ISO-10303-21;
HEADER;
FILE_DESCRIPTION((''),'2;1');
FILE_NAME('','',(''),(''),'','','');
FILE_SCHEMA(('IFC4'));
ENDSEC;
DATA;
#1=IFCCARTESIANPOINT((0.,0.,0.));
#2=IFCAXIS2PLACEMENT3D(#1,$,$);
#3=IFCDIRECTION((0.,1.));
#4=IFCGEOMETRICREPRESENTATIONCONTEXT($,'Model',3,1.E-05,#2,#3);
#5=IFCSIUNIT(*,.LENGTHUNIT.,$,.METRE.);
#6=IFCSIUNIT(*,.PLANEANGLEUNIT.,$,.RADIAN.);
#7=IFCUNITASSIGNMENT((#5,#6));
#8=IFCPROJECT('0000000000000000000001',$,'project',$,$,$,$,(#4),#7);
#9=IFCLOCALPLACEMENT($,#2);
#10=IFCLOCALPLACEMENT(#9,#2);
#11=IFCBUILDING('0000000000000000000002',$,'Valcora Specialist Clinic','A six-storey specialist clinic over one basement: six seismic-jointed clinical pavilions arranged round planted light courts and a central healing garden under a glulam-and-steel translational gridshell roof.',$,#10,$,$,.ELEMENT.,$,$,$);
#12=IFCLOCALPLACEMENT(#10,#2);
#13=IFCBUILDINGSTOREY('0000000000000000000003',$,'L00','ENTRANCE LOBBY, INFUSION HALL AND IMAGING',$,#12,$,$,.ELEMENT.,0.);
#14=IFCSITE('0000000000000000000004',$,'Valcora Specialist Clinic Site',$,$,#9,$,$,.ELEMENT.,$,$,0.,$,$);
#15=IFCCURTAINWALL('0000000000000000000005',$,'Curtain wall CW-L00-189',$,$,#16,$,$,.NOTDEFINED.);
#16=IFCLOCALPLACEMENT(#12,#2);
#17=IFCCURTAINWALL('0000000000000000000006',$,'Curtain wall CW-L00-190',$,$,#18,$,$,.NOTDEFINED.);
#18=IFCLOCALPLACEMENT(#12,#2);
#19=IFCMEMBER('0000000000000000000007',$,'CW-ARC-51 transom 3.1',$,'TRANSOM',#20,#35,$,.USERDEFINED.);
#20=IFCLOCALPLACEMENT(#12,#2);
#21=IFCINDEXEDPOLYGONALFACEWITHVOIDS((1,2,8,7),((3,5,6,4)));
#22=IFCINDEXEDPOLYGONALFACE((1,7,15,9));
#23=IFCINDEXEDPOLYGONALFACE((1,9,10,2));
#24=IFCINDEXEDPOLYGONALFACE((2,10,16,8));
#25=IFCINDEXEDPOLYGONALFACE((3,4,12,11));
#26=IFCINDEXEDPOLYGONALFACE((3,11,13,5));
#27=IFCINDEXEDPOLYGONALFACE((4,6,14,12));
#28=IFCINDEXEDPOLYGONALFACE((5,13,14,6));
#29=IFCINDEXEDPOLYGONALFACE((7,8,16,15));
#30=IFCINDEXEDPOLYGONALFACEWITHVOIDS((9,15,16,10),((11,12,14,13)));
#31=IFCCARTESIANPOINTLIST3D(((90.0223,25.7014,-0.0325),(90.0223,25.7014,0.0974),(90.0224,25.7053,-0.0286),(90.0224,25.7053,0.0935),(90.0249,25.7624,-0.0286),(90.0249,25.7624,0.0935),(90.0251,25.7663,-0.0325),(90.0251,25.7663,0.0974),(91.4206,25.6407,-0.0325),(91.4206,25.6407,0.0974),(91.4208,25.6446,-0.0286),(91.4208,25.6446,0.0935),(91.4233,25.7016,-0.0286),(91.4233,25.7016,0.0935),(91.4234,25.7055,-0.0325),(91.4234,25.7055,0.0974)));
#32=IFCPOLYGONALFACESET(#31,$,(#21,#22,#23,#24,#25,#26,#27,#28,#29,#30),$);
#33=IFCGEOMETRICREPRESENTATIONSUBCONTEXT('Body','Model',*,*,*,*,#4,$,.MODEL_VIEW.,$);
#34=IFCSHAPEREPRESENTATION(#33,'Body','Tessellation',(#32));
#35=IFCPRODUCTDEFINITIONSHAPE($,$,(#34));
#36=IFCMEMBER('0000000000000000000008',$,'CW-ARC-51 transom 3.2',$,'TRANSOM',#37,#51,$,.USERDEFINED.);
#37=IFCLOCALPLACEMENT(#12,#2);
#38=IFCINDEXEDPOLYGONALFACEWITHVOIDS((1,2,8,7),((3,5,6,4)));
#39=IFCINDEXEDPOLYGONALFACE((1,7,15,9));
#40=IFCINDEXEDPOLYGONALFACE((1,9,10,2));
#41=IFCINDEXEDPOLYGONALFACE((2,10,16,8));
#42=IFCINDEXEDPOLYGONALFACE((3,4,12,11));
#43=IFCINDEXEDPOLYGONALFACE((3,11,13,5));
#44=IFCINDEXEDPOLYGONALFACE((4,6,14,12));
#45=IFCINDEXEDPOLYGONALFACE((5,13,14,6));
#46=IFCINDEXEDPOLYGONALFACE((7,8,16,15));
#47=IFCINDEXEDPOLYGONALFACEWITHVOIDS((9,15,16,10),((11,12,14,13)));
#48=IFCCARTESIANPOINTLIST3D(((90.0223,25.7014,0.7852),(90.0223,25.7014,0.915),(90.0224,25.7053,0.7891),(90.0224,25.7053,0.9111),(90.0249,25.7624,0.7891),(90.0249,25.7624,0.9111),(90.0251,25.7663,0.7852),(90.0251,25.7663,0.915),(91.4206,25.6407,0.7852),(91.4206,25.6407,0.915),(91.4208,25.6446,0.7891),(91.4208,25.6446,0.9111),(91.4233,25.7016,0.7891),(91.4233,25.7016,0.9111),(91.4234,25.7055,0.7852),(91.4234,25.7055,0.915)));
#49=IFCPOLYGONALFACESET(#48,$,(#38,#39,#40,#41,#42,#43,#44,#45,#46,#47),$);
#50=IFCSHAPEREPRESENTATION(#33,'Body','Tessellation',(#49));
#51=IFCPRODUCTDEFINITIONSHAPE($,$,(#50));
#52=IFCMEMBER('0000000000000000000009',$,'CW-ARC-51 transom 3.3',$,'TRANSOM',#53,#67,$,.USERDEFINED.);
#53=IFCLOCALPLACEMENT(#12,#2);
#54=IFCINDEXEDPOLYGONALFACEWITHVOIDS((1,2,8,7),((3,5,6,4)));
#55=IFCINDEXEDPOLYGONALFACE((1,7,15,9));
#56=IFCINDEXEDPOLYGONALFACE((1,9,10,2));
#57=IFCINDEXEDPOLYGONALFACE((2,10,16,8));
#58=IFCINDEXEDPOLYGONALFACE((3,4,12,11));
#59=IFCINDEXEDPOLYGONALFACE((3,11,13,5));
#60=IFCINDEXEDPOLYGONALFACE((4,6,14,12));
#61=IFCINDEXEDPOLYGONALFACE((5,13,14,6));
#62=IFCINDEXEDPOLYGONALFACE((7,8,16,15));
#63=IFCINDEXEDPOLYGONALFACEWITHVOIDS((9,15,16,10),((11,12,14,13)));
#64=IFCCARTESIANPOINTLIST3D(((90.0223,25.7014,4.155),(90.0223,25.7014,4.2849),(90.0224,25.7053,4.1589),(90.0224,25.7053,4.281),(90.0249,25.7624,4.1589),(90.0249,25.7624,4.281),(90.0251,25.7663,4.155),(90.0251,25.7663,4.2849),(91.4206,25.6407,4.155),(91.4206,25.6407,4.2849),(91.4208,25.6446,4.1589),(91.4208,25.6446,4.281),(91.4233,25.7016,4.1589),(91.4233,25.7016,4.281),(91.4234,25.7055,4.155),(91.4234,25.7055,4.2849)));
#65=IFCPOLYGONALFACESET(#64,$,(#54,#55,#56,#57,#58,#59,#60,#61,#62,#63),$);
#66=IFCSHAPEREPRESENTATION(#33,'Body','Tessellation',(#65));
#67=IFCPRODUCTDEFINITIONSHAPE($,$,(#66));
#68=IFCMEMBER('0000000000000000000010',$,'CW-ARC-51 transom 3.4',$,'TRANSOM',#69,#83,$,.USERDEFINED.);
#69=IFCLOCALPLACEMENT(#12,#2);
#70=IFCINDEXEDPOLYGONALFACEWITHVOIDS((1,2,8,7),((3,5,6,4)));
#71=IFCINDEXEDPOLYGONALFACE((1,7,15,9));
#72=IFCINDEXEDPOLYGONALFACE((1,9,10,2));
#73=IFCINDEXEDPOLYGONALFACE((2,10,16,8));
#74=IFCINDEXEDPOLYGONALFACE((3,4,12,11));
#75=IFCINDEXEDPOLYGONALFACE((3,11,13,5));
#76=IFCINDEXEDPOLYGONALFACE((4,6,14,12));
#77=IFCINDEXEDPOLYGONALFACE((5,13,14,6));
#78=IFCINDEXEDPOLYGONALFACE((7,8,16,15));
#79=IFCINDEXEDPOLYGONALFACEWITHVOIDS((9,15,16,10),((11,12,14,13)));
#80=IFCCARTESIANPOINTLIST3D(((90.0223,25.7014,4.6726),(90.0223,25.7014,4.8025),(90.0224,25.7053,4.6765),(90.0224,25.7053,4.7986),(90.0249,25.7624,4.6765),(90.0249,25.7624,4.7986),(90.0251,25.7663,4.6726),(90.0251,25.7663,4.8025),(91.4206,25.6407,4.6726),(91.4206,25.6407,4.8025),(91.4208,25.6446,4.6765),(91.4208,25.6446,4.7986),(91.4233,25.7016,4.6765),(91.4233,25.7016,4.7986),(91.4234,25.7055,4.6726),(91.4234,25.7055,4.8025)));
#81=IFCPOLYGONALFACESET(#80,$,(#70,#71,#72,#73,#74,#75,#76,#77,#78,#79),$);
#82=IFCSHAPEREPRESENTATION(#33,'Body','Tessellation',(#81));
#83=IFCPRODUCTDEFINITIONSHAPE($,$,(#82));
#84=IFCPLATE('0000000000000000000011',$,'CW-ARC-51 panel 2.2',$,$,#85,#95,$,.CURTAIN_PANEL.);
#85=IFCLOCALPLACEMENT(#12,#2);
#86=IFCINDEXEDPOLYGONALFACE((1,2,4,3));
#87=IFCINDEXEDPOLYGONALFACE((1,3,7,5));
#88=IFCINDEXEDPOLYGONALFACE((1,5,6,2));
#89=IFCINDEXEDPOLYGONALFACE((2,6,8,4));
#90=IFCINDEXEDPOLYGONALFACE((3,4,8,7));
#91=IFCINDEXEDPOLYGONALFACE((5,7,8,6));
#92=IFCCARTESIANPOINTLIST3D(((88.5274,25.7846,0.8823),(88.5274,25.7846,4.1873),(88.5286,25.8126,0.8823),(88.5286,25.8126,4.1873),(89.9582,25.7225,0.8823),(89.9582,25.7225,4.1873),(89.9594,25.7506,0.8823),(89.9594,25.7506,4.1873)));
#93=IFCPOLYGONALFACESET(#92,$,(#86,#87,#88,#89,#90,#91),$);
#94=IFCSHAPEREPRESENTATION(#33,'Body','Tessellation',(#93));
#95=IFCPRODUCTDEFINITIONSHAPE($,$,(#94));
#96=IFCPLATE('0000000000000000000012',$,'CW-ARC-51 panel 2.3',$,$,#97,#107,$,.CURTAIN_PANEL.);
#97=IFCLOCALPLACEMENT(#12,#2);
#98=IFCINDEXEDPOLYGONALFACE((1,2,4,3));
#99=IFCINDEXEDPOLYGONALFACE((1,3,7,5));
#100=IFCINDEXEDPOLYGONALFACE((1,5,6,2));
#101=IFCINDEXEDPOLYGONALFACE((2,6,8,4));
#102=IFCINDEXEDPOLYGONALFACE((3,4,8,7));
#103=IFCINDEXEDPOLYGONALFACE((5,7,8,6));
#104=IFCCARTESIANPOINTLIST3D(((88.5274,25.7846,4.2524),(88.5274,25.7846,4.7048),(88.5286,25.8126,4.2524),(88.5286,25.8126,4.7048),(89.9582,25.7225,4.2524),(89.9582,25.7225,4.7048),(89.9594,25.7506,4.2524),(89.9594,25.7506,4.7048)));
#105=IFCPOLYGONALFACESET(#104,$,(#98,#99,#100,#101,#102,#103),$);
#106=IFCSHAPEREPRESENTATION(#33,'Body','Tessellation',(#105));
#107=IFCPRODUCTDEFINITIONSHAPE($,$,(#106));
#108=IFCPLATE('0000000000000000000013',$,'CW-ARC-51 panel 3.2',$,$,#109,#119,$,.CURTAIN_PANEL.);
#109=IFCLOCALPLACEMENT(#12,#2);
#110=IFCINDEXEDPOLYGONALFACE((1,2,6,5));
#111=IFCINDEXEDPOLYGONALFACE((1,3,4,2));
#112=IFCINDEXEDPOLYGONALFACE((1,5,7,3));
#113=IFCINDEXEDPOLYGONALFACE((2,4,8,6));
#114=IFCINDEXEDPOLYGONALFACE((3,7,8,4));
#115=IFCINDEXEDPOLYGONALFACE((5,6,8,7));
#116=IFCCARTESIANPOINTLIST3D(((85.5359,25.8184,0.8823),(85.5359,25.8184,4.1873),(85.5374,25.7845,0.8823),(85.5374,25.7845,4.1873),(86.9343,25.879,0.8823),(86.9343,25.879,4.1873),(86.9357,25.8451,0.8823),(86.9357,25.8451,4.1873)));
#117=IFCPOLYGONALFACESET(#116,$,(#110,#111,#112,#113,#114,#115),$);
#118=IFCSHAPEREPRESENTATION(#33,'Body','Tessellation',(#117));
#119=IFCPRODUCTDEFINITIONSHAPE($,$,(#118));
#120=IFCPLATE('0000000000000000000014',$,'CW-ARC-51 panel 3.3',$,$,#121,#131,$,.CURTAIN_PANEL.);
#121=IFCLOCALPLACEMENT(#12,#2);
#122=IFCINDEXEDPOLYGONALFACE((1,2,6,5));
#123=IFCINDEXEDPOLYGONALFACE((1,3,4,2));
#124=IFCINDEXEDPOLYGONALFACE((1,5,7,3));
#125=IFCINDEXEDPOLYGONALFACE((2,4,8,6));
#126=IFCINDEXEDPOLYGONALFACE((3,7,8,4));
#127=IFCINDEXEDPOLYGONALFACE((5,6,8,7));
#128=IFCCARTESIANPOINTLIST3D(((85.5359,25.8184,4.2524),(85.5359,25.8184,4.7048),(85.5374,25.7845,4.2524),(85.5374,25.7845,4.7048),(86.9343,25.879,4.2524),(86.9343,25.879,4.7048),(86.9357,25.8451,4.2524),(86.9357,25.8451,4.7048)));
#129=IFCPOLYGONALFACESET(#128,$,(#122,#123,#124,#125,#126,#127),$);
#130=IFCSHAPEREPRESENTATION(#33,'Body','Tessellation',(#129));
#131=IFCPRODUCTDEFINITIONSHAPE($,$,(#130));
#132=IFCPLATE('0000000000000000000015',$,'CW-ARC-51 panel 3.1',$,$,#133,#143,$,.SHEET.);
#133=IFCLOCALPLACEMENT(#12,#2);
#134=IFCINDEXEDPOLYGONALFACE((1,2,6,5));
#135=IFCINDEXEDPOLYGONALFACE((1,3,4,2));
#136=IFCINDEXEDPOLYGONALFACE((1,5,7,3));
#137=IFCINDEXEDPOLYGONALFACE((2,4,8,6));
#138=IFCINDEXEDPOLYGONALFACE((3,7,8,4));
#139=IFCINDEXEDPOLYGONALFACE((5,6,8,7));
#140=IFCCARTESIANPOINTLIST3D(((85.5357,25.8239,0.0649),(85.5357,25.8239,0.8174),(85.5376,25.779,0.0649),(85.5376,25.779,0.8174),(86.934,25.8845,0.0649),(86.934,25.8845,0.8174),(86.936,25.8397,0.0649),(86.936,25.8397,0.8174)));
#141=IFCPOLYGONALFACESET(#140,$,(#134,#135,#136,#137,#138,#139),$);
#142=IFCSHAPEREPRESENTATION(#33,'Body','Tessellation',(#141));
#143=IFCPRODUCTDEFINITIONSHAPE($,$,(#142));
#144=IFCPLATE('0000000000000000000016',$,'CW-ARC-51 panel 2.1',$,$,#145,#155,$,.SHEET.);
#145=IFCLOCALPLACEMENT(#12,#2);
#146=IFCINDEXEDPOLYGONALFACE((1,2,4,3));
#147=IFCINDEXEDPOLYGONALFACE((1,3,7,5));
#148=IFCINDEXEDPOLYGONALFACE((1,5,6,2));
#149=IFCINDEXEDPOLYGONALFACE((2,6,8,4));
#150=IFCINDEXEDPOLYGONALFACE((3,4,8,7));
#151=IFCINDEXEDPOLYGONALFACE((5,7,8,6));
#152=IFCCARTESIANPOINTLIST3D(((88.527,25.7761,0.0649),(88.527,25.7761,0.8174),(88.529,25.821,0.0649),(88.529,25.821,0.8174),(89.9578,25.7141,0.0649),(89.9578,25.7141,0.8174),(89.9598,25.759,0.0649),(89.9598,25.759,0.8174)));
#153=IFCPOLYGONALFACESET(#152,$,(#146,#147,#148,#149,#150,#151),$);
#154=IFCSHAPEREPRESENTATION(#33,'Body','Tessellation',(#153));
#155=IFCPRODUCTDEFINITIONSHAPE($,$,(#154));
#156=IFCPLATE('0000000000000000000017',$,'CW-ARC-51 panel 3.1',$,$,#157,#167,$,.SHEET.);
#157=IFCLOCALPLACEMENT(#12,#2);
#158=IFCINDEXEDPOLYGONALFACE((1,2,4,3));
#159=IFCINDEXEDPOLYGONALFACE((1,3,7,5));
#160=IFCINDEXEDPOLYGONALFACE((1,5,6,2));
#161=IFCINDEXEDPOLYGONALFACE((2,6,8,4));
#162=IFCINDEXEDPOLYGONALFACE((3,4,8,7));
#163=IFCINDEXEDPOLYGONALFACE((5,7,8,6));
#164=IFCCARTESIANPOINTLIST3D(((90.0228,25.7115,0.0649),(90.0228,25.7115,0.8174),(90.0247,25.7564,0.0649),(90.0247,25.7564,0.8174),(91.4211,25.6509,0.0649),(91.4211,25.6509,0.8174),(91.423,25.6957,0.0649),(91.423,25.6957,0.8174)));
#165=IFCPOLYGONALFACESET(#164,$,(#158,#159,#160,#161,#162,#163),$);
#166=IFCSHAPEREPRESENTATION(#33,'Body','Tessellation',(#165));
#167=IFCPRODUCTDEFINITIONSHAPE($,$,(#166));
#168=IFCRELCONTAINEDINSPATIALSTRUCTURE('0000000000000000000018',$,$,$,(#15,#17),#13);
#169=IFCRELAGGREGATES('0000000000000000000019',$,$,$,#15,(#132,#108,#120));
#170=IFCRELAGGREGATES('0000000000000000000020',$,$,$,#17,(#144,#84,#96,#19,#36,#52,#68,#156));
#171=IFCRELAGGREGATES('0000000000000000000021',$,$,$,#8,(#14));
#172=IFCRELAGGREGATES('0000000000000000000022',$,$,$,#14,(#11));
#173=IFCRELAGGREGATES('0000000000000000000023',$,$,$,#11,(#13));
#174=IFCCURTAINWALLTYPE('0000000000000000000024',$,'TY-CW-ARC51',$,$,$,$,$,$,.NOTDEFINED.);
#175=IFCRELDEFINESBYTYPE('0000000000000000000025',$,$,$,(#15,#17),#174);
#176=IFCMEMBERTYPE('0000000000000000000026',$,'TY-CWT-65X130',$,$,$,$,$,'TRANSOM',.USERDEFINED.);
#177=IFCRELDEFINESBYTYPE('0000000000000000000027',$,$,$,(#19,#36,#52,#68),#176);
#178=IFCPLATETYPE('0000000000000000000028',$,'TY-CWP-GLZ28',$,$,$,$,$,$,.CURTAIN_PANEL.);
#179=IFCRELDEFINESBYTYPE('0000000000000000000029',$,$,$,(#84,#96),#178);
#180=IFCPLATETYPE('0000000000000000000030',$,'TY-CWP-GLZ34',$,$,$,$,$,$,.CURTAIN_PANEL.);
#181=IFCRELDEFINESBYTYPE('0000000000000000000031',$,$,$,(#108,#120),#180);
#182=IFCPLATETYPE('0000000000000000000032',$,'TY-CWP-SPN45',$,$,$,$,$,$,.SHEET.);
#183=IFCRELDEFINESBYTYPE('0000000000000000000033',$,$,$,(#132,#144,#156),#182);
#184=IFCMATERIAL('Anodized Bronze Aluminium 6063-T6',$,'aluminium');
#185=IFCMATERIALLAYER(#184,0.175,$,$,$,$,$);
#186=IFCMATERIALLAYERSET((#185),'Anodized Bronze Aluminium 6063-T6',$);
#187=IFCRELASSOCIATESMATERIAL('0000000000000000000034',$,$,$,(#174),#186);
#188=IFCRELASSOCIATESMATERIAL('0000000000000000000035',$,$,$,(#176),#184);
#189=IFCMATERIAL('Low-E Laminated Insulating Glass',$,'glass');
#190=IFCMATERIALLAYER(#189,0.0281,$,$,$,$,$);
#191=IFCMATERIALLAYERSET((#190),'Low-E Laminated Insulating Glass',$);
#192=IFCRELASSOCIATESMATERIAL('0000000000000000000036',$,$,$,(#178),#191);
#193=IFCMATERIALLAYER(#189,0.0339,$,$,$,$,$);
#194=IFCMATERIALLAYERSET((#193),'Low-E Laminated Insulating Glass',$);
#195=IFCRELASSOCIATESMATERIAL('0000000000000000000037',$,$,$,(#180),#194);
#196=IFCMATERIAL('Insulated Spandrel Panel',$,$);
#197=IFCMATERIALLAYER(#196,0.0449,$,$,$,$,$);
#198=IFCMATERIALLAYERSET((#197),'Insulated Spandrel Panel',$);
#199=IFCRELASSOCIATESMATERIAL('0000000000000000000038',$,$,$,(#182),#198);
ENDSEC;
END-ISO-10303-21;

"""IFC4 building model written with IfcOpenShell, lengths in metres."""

from ifc_helpers import new_model, si_unit, direction, frame, origin, origin_2d, place, context, subcontext, project, spatial, rectangle, hollow_rectangle, extrude, material, layer, layer_set, material_profile, profile_set, type_object, element, aggregate, save


model = new_model("IFC4")

# Units and contexts
model_context = context("Model", 3, precision=1e-05, world=origin(), true_north=direction((0.0, 1.0)))
body_context = subcontext(model_context, "Body", "Model", "MODEL_VIEW")
ifc_project = project(units=[si_unit("LENGTHUNIT", "METRE"), si_unit("PLANEANGLEUNIT", "RADIAN")], contexts=[model_context])

# Site, building, storey
site_placement = place(None, origin())
site = spatial("IfcSite", under=ifc_project, at=site_placement, Name="Valcora Specialist Clinic Site", CompositionType="ELEMENT", RefElevation=0.0)
building_placement = place(site_placement, origin())
building = spatial("IfcBuilding", under=site, at=building_placement, Name="Valcora Specialist Clinic", Description="A six-storey specialist clinic over one basement: six seismic-jointed clinical pavilions arranged round planted light courts and a central healing garden under a glulam-and-steel translational gridshell roof.", CompositionType="ELEMENT")
storey_placement = place(building_placement, origin())
storey = spatial("IfcBuildingStorey", under=building, at=storey_placement, Name="L00", Description="ENTRANCE LOBBY, INFUSION HALL AND IMAGING", CompositionType="ELEMENT", Elevation=0.0)

# Curtain wall
ifc_material_1 = material(Name="Anodized Bronze Aluminium 6063-T6", Category="aluminium")
ifc_layer_1 = layer(ifc_material_1, 0.175)
ifc_layer_set_1 = layer_set([ifc_layer_1], Name="Anodized Bronze Aluminium 6063-T6")
curtain_wall_type = type_object("IfcCurtainWallType", Name="TY-CW-ARC51", PredefinedType="NOTDEFINED", material=ifc_layer_set_1)
curtain_wall_1_placement = place(storey_placement, origin())
curtain_wall_1 = element("IfcCurtainWall", 1, at=curtain_wall_1_placement, inside=storey, type_object=curtain_wall_type, Name="Curtain wall CW-L00-189", PredefinedType="NOTDEFINED")

# Curtain wall
curtain_wall_2_placement = place(storey_placement, origin())
curtain_wall_2 = element("IfcCurtainWall", 2, at=curtain_wall_2_placement, inside=storey, type_object=curtain_wall_type, Name="Curtain wall CW-L00-190", PredefinedType="NOTDEFINED")

# Members
ifc_material_profile_1 = material_profile(ifc_material_1, hollow_rectangle(XDim=0.0649, YDim=0.1299, WallThickness=0.0039, at=origin_2d()), Name="AL-TRN-65X130")
ifc_profile_set_1 = profile_set([ifc_material_profile_1], Name="Anodized Bronze Aluminium 6063-T6")
member_type_1 = type_object("IfcMemberType", Name="TY-CWT-65X130", ElementType="TRANSOM", PredefinedType="USERDEFINED", material=ifc_profile_set_1)
member_1_placement = place(storey_placement, frame((90.0237, 25.7339, 0.0325), z_axis=(0.999056, -0.04343, 0.0), x_axis=(0.04343, 0.999056, 0.0)))
member_1 = element("IfcMember", 3, at=member_1_placement, type_object=member_type_1, Name="CW-ARC-51 transom 3.1", ObjectType="TRANSOM", PredefinedType="USERDEFINED", context=body_context, shape_type="SweptSolid", body=[
    extrude(hollow_rectangle(XDim=0.0649, YDim=0.1299, WallThickness=0.0039, at=origin_2d()), origin(), (0.0, 0.0, 1.0), 1.3997),
])
member_2_placement = place(storey_placement, frame((90.0237, 25.7339, 0.8501), z_axis=(0.999056, -0.04343, 0.0), x_axis=(0.04343, 0.999056, 0.0)))
member_2 = element("IfcMember", 4, at=member_2_placement, type_object=member_type_1, Name="CW-ARC-51 transom 3.2", ObjectType="TRANSOM", PredefinedType="USERDEFINED", context=body_context, shape_type="SweptSolid", body=[
    extrude(hollow_rectangle(XDim=0.0649, YDim=0.1299, WallThickness=0.0039, at=origin_2d()), origin(), (0.0, 0.0, 1.0), 1.3997),
])
member_3_placement = place(storey_placement, frame((90.0237, 25.7339, 4.22), z_axis=(0.999056, -0.04343, 0.0), x_axis=(0.04343, 0.999056, 0.0)))
member_3 = element("IfcMember", 5, at=member_3_placement, type_object=member_type_1, Name="CW-ARC-51 transom 3.3", ObjectType="TRANSOM", PredefinedType="USERDEFINED", context=body_context, shape_type="SweptSolid", body=[
    extrude(hollow_rectangle(XDim=0.0649, YDim=0.1299, WallThickness=0.0039, at=origin_2d()), origin(), (0.0, 0.0, 1.0), 1.3997),
])
member_4_placement = place(storey_placement, frame((90.0237, 25.7339, 4.7375), z_axis=(0.999056, -0.04343, 0.0), x_axis=(0.04343, 0.999056, 0.0)))
member_4 = element("IfcMember", 6, at=member_4_placement, type_object=member_type_1, Name="CW-ARC-51 transom 3.4", ObjectType="TRANSOM", PredefinedType="USERDEFINED", context=body_context, shape_type="SweptSolid", body=[
    extrude(hollow_rectangle(XDim=0.0649, YDim=0.1299, WallThickness=0.0039, at=origin_2d()), origin(), (0.0, 0.0, 1.0), 1.3997),
])

# Plates
ifc_material_2 = material(Name="Low-E Laminated Insulating Glass", Category="glass")
ifc_layer_2 = layer(ifc_material_2, 0.0281)
ifc_layer_set_2 = layer_set([ifc_layer_2], Name="Low-E Laminated Insulating Glass")
plate_type_1 = type_object("IfcPlateType", Name="TY-CWP-GLZ28", PredefinedType="CURTAIN_PANEL", material=ifc_layer_set_2)
plate_1_placement = place(storey_placement, frame((89.2434, 25.7676, 0.8823), z_axis=(0.0, 0.0, 1.0), x_axis=(0.999062, -0.043307, 0.0)))
plate_1 = element("IfcPlate", 7, at=plate_1_placement, type_object=plate_type_1, Name="CW-ARC-51 panel 2.2", PredefinedType="CURTAIN_PANEL", context=body_context, shape_type="SweptSolid", body=[
    extrude(rectangle(XDim=1.4321, YDim=0.0281, at=origin_2d()), origin(), (0.0, 0.0, 1.0), 3.3049),
])
plate_2_placement = place(storey_placement, frame((89.2434, 25.7676, 4.2524), z_axis=(0.0, 0.0, 1.0), x_axis=(0.999062, -0.043307, 0.0)))
plate_2 = element("IfcPlate", 8, at=plate_2_placement, type_object=plate_type_1, Name="CW-ARC-51 panel 2.3", PredefinedType="CURTAIN_PANEL", context=body_context, shape_type="SweptSolid", body=[
    extrude(rectangle(XDim=1.4321, YDim=0.0281, at=origin_2d()), origin(), (0.0, 0.0, 1.0), 0.4524),
])
ifc_layer_3 = layer(ifc_material_2, 0.0339)
ifc_layer_set_3 = layer_set([ifc_layer_3], Name="Low-E Laminated Insulating Glass")
plate_type_2 = type_object("IfcPlateType", Name="TY-CWP-GLZ34", PredefinedType="CURTAIN_PANEL", material=ifc_layer_set_3)
plate_3_placement = place(storey_placement, frame((86.2358, 25.8318, 0.8823), z_axis=(0.0, 0.0, 1.0), x_axis=(0.999062, 0.043307, 0.0)))
plate_3 = element("IfcPlate", 9, at=plate_3_placement, type_object=plate_type_2, Name="CW-ARC-51 panel 3.2", PredefinedType="CURTAIN_PANEL", context=body_context, shape_type="SweptSolid", body=[
    extrude(rectangle(XDim=1.3997, YDim=0.0339, at=origin_2d()), origin(), (0.0, 0.0, 1.0), 3.3049),
])
plate_4_placement = place(storey_placement, frame((86.2358, 25.8318, 4.2524), z_axis=(0.0, 0.0, 1.0), x_axis=(0.999062, 0.043307, 0.0)))
plate_4 = element("IfcPlate", 10, at=plate_4_placement, type_object=plate_type_2, Name="CW-ARC-51 panel 3.3", PredefinedType="CURTAIN_PANEL", context=body_context, shape_type="SweptSolid", body=[
    extrude(rectangle(XDim=1.3997, YDim=0.0339, at=origin_2d()), origin(), (0.0, 0.0, 1.0), 0.4524),
])
ifc_material_3 = material(Name="Insulated Spandrel Panel")
ifc_layer_4 = layer(ifc_material_3, 0.0449)
ifc_layer_set_4 = layer_set([ifc_layer_4], Name="Insulated Spandrel Panel")
plate_type_3 = type_object("IfcPlateType", Name="TY-CWP-SPN45", PredefinedType="SHEET", material=ifc_layer_set_4)
plate_5_placement = place(storey_placement, frame((86.2358, 25.8318, 0.0649), z_axis=(0.0, 0.0, 1.0), x_axis=(0.999062, 0.043307, 0.0)))
plate_5 = element("IfcPlate", 11, at=plate_5_placement, type_object=plate_type_3, Name="CW-ARC-51 panel 3.1", PredefinedType="SHEET", context=body_context, shape_type="SweptSolid", body=[
    extrude(rectangle(XDim=1.3997, YDim=0.0449, at=origin_2d()), origin(), (0.0, 0.0, 1.0), 0.7524),
])
aggregate(curtain_wall_1, [plate_5, plate_3, plate_4])
plate_6_placement = place(storey_placement, frame((89.2434, 25.7676, 0.0649), z_axis=(0.0, 0.0, 1.0), x_axis=(0.999062, -0.043307, 0.0)))
plate_6 = element("IfcPlate", 12, at=plate_6_placement, type_object=plate_type_3, Name="CW-ARC-51 panel 2.1", PredefinedType="SHEET", context=body_context, shape_type="SweptSolid", body=[
    extrude(rectangle(XDim=1.4321, YDim=0.0449, at=origin_2d()), origin(), (0.0, 0.0, 1.0), 0.7524),
])
plate_7_placement = place(storey_placement, frame((90.7229, 25.7036, 0.0649), z_axis=(0.0, 0.0, 1.0), x_axis=(0.999062, -0.043307, 0.0)))
plate_7 = element("IfcPlate", 13, at=plate_7_placement, type_object=plate_type_3, Name="CW-ARC-51 panel 3.1", PredefinedType="SHEET", context=body_context, shape_type="SweptSolid", body=[
    extrude(rectangle(XDim=1.3997, YDim=0.0449, at=origin_2d()), origin(), (0.0, 0.0, 1.0), 0.7524),
])
aggregate(curtain_wall_2, [plate_6, plate_1, plate_2, member_1, member_2, member_3, member_4, plate_7])

save(model, "model.ifc")
